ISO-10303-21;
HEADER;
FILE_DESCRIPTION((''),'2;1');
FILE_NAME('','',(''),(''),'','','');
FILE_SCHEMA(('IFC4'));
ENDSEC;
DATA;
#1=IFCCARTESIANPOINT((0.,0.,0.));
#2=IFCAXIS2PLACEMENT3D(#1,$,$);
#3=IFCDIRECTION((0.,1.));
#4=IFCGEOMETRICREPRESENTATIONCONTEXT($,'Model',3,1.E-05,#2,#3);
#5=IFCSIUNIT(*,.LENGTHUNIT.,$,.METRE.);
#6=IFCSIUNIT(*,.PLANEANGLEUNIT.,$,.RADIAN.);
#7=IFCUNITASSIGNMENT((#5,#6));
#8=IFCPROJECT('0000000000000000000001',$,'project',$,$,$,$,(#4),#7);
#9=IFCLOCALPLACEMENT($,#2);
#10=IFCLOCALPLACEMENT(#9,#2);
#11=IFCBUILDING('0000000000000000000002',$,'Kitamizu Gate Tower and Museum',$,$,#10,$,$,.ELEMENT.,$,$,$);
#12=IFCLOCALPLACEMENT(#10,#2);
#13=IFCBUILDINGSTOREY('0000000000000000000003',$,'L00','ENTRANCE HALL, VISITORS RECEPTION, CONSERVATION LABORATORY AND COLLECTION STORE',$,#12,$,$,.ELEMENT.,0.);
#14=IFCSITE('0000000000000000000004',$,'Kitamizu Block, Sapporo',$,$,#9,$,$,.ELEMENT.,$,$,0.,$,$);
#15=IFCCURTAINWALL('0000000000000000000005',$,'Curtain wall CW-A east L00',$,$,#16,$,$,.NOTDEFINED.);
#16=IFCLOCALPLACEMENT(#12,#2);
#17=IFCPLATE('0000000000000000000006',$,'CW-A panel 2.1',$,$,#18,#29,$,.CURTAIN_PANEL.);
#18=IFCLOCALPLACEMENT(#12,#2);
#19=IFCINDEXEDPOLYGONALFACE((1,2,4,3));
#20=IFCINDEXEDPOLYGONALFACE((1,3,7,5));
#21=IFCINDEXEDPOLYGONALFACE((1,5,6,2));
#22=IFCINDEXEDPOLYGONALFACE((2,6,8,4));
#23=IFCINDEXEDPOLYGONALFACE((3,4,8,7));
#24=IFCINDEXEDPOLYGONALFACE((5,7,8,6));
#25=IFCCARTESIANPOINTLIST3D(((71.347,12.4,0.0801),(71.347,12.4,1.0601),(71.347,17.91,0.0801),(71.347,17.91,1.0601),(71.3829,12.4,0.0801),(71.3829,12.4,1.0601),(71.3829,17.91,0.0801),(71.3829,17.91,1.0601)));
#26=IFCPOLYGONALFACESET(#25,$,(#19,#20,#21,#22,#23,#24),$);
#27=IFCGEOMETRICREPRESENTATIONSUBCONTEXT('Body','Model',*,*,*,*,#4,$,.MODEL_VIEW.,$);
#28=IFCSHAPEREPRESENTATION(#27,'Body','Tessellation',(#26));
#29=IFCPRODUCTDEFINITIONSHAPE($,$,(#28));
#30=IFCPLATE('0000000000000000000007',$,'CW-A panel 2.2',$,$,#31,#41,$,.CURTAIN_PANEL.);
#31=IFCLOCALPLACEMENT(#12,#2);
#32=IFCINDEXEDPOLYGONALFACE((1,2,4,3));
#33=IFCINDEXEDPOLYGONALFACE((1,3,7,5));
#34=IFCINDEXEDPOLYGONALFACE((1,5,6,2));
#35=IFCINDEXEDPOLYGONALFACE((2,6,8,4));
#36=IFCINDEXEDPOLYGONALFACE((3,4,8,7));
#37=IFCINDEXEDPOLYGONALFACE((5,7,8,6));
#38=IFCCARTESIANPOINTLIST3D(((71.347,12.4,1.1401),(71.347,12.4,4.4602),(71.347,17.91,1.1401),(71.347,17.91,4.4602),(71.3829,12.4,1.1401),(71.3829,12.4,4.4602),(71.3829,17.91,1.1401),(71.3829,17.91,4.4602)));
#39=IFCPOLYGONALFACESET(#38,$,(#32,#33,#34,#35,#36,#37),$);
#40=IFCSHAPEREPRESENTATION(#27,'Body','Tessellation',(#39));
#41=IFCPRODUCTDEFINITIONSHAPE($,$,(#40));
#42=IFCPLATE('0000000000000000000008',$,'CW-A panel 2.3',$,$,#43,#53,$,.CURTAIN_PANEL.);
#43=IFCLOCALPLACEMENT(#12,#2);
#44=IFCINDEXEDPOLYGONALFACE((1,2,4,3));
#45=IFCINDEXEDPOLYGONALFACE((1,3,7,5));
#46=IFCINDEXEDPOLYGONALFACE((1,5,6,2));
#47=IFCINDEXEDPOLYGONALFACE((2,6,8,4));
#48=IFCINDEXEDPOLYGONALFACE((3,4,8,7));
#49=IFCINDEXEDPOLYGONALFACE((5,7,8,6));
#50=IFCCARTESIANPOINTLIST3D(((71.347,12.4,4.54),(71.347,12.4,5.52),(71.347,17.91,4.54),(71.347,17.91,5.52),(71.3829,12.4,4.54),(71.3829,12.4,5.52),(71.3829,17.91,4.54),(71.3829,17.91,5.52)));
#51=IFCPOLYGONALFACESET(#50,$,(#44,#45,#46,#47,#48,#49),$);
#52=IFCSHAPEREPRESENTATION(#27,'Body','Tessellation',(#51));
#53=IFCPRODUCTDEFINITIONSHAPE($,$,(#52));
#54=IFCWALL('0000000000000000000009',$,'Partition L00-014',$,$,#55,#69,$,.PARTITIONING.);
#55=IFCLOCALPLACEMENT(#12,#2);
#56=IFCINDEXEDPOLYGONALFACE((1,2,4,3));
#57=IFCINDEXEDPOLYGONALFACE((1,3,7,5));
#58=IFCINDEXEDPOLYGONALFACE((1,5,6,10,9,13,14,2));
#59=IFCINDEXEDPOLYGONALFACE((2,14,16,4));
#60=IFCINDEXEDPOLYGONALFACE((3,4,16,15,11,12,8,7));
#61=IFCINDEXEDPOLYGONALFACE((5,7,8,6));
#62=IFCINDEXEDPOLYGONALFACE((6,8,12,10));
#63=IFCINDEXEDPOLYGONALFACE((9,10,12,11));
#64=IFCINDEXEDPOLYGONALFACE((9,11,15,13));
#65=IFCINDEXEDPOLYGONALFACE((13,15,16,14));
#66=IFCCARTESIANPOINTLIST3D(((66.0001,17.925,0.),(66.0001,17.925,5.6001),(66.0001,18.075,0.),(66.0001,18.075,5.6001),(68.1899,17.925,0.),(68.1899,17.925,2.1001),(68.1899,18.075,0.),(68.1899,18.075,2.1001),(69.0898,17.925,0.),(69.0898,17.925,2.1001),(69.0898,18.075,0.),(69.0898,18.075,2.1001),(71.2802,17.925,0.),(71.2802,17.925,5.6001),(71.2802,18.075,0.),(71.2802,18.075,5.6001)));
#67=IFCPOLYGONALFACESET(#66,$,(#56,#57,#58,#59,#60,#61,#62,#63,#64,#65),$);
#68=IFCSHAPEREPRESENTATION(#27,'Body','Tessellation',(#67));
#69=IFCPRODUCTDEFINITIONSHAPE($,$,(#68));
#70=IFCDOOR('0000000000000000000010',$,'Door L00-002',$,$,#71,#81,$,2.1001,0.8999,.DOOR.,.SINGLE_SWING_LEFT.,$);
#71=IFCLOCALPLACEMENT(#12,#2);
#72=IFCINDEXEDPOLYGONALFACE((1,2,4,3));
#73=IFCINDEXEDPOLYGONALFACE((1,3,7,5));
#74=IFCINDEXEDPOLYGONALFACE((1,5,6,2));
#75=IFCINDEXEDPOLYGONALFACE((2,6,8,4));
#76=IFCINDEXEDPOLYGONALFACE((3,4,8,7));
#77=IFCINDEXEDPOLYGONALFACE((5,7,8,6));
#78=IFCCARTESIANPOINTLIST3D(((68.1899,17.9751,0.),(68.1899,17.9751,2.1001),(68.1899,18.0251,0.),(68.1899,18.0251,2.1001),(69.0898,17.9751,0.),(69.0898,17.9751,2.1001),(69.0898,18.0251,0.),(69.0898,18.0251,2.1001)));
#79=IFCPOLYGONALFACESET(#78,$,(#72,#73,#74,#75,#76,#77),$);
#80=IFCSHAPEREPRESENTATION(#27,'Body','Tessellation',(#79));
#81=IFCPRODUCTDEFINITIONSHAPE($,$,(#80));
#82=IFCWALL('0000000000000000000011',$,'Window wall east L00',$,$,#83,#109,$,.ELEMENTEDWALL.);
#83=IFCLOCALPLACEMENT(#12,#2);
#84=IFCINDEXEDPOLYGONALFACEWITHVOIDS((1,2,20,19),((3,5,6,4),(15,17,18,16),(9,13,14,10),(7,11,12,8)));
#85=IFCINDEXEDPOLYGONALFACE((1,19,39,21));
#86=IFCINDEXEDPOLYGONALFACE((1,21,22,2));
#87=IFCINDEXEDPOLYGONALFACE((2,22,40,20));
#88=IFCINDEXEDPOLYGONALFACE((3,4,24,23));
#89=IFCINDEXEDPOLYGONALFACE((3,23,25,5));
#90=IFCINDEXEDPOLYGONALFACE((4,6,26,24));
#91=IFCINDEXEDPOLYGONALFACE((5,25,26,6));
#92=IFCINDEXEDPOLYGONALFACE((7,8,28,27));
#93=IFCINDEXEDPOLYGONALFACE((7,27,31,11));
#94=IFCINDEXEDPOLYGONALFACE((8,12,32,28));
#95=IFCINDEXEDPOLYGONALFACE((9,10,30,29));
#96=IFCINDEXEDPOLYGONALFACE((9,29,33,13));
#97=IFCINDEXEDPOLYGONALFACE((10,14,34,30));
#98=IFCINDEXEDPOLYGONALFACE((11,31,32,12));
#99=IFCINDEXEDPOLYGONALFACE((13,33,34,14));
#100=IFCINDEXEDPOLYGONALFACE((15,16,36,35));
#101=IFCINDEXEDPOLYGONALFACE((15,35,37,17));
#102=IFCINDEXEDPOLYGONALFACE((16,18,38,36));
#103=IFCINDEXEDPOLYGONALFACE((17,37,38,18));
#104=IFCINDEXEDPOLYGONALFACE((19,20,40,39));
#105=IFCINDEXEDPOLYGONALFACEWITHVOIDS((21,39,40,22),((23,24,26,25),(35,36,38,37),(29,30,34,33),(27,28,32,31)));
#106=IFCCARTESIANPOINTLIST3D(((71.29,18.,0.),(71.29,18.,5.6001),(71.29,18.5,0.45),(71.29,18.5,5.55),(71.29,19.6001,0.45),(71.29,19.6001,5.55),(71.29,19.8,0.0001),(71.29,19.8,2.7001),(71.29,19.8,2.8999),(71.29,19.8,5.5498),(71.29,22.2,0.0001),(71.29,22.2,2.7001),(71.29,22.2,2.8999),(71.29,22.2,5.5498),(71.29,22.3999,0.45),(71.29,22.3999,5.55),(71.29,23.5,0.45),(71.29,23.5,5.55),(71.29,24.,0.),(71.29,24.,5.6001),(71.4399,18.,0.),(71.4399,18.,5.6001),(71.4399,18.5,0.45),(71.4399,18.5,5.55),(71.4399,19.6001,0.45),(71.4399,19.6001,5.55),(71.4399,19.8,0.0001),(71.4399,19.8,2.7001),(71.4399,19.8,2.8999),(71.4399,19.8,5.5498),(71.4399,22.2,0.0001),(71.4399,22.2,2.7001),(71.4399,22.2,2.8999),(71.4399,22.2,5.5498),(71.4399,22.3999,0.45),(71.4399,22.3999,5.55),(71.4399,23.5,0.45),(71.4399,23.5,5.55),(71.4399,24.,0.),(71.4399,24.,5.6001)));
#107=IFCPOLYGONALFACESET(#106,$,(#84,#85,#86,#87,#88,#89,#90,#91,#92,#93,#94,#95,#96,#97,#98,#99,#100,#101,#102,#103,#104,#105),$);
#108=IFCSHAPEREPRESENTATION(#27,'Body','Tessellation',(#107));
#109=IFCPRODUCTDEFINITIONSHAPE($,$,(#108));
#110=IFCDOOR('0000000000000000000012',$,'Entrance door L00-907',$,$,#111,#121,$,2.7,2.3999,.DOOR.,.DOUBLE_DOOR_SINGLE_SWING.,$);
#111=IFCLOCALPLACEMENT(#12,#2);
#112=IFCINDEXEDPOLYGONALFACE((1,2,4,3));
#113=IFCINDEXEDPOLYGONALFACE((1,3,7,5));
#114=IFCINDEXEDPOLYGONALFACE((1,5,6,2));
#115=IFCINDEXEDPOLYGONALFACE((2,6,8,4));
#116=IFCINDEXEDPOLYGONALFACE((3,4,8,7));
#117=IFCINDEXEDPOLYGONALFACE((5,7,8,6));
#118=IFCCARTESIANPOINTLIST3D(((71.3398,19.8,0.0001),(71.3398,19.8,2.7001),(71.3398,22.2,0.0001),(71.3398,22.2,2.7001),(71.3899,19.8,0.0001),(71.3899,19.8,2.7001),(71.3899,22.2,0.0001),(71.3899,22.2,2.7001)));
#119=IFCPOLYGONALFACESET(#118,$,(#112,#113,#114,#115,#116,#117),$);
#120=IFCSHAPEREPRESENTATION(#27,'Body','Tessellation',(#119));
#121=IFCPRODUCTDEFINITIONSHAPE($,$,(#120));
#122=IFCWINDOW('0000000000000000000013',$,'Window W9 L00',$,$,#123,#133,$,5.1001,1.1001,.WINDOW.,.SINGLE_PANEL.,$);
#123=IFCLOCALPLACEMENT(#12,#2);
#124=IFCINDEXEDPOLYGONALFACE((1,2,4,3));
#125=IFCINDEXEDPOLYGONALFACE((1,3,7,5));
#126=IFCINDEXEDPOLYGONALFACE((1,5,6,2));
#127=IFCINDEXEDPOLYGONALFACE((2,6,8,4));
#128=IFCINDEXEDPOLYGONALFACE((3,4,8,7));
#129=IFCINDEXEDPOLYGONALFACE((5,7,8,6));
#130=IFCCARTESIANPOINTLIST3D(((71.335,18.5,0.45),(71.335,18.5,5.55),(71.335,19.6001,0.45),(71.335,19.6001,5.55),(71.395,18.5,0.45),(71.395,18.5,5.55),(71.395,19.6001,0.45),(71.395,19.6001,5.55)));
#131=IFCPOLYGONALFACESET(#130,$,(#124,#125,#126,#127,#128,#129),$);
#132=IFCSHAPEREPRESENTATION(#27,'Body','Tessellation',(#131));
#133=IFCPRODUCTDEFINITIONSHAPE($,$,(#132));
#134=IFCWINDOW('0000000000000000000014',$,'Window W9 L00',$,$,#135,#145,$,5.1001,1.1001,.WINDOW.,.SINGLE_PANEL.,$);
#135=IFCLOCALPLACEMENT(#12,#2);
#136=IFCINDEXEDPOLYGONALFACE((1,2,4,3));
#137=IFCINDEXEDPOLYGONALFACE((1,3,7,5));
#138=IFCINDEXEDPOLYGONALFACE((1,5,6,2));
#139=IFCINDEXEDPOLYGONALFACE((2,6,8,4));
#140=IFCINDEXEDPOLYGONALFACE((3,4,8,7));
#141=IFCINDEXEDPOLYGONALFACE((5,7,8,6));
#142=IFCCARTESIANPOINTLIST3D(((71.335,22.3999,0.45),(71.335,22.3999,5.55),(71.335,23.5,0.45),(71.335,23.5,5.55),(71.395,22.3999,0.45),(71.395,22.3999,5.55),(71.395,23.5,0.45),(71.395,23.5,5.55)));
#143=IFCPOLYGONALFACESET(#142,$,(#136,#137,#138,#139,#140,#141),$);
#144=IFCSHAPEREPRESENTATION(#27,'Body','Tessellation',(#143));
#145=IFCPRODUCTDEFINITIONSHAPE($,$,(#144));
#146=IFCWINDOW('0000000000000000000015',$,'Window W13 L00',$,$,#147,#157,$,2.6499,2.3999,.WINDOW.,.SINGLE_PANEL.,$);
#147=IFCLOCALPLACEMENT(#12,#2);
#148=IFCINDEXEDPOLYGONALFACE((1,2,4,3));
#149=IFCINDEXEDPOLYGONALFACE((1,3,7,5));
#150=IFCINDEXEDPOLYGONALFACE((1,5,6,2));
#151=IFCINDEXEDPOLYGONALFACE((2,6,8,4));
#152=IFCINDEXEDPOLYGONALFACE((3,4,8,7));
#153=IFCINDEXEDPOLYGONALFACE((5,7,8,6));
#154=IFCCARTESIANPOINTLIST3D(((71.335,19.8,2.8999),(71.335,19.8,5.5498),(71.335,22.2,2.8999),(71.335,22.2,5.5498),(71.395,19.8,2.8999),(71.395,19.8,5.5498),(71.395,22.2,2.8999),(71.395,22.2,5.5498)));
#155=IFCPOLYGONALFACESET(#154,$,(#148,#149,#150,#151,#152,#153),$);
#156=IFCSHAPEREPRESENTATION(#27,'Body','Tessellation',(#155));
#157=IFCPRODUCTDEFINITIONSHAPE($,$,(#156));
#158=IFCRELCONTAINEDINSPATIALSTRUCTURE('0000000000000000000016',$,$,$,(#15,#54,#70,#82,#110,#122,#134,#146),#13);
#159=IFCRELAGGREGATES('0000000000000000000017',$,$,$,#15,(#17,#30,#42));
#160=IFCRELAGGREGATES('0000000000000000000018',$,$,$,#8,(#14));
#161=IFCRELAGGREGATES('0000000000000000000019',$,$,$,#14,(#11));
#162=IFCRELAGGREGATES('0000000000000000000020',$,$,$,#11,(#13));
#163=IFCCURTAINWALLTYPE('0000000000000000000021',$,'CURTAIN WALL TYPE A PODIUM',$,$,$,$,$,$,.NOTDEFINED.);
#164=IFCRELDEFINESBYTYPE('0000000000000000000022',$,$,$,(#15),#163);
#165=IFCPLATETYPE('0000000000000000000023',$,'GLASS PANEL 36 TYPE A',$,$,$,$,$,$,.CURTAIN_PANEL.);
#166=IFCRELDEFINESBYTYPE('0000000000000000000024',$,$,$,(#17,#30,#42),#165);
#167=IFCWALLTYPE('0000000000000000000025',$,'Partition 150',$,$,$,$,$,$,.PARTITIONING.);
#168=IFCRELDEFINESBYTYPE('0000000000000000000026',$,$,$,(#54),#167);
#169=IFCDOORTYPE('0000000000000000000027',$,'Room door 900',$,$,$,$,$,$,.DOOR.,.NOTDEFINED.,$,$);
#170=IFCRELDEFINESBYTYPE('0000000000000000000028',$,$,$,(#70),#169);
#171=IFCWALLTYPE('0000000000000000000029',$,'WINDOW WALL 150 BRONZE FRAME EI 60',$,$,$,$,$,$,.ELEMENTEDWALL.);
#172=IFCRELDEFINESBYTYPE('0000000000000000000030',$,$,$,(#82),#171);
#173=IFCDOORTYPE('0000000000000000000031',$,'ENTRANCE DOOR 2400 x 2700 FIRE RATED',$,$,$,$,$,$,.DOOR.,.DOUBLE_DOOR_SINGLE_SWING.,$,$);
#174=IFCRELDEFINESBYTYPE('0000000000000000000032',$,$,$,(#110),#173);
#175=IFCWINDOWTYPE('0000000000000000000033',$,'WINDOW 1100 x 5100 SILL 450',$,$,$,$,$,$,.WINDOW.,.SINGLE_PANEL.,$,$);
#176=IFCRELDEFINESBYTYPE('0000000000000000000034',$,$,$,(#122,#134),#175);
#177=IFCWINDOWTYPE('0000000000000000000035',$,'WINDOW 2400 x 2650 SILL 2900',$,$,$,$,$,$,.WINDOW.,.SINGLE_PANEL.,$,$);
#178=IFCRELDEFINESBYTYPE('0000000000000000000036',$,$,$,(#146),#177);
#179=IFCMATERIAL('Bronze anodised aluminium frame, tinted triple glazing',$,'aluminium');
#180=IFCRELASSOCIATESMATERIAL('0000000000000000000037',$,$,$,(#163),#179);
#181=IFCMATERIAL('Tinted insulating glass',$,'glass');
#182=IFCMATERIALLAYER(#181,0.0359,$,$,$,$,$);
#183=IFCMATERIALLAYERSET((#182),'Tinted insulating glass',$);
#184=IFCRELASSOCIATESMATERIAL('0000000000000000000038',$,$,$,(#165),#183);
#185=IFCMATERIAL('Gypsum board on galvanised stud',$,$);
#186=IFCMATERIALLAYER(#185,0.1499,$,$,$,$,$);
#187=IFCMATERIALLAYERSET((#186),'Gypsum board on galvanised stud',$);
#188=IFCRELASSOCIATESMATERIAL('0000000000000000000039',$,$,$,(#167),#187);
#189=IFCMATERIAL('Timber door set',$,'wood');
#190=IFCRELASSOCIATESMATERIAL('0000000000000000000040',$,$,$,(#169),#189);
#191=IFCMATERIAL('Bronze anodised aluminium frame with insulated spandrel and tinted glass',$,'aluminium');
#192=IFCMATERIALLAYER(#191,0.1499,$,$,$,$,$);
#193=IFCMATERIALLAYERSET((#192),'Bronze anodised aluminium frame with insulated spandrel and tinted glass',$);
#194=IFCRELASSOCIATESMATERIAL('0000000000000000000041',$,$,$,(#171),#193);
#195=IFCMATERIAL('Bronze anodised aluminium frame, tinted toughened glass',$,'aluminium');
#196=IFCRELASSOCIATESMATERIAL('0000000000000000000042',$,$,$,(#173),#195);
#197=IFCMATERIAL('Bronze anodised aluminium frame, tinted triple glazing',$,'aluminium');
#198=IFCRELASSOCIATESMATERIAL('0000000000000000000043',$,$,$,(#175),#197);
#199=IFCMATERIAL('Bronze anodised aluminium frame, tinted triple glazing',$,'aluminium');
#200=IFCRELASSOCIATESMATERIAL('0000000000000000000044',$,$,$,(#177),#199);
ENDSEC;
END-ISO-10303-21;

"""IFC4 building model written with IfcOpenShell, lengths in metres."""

from ifc_helpers import new_model, si_unit, direction, frame, frame_2d, origin, origin_2d, place, context, subcontext, project, spatial, rectangle, extrude, material, layer, layer_set, type_object, element, fill, aggregate, save


model = new_model("IFC4")

# Units and contexts
model_context = context("Model", 3, precision=1e-05, world=origin(), true_north=direction((0.0, 1.0)))
body_context = subcontext(model_context, "Body", "Model", "MODEL_VIEW")
ifc_project = project(units=[si_unit("LENGTHUNIT", "METRE"), si_unit("PLANEANGLEUNIT", "RADIAN")], contexts=[model_context])

# Site, building, storey
site_placement = place(None, origin())
site = spatial("IfcSite", under=ifc_project, at=site_placement, Name="Kitamizu Block, Sapporo", CompositionType="ELEMENT", RefElevation=0.0)
building_placement = place(site_placement, origin())
building = spatial("IfcBuilding", under=site, at=building_placement, Name="Kitamizu Gate Tower and Museum", CompositionType="ELEMENT")
storey_placement = place(building_placement, origin())
storey = spatial("IfcBuildingStorey", under=building, at=storey_placement, Name="L00", Description="ENTRANCE HALL, VISITORS RECEPTION, CONSERVATION LABORATORY AND COLLECTION STORE", CompositionType="ELEMENT", Elevation=0.0)

# Curtain wall, plates
ifc_material_1 = material(Name="Bronze anodised aluminium frame, tinted triple glazing", Category="aluminium")
curtain_wall_type = type_object("IfcCurtainWallType", Name="CURTAIN WALL TYPE A PODIUM", PredefinedType="NOTDEFINED", material=ifc_material_1)
curtain_wall_placement = place(storey_placement, origin())
curtain_wall = element("IfcCurtainWall", 1, at=curtain_wall_placement, inside=storey, type_object=curtain_wall_type, Name="Curtain wall CW-A east L00", PredefinedType="NOTDEFINED")
ifc_material_2 = material(Name="Tinted insulating glass", Category="glass")
ifc_layer_1 = layer(ifc_material_2, 0.0359)
ifc_layer_set_1 = layer_set([ifc_layer_1], Name="Tinted insulating glass")
plate_type = type_object("IfcPlateType", Name="GLASS PANEL 36 TYPE A", PredefinedType="CURTAIN_PANEL", material=ifc_layer_set_1)
plate_1_placement = place(storey_placement, frame((71.365, 15.155, 0.0801), z_axis=(0.0, 0.0, 1.0), x_axis=(0.0, 1.0, 0.0)))
plate_1 = element("IfcPlate", 2, at=plate_1_placement, type_object=plate_type, Name="CW-A panel 2.1", PredefinedType="CURTAIN_PANEL", context=body_context, shape_type="SweptSolid", body=[
    extrude(rectangle(XDim=5.51, YDim=0.0359, at=origin_2d()), origin(), (0.0, 0.0, 1.0), 0.98),
])
plate_2_placement = place(storey_placement, frame((71.365, 15.155, 1.1401), z_axis=(0.0, 0.0, 1.0), x_axis=(0.0, 1.0, 0.0)))
plate_2 = element("IfcPlate", 3, at=plate_2_placement, type_object=plate_type, Name="CW-A panel 2.2", PredefinedType="CURTAIN_PANEL", context=body_context, shape_type="SweptSolid", body=[
    extrude(rectangle(XDim=5.51, YDim=0.0359, at=origin_2d()), origin(), (0.0, 0.0, 1.0), 3.3201),
])
plate_3_placement = place(storey_placement, frame((71.365, 15.155, 4.54), z_axis=(0.0, 0.0, 1.0), x_axis=(0.0, 1.0, 0.0)))
plate_3 = element("IfcPlate", 4, at=plate_3_placement, type_object=plate_type, Name="CW-A panel 2.3", PredefinedType="CURTAIN_PANEL", context=body_context, shape_type="SweptSolid", body=[
    extrude(rectangle(XDim=5.51, YDim=0.0359, at=origin_2d()), origin(), (0.0, 0.0, 1.0), 0.98),
])
aggregate(curtain_wall, [plate_1, plate_2, plate_3])

# Wall, opening, door
ifc_material_3 = material(Name="Gypsum board on galvanised stud")
ifc_layer_2 = layer(ifc_material_3, 0.1499)
ifc_layer_set_2 = layer_set([ifc_layer_2], Name="Gypsum board on galvanised stud")
wall_type_1 = type_object("IfcWallType", Name="Partition 150", PredefinedType="PARTITIONING", material=ifc_layer_set_2)
wall_1_placement = place(storey_placement, frame((66.0, 18.0, 0.0), z_axis=(0.0, 0.0, 1.0), x_axis=(1.0, 0.0, 0.0)))
wall_1 = element("IfcWall", 5, at=wall_1_placement, inside=storey, type_object=wall_type_1, Name="Partition L00-014", PredefinedType="PARTITIONING", context=body_context, shape_type="SweptSolid", body=[
    extrude(rectangle(XDim=5.28, YDim=0.1499, at=frame_2d((2.6401, 0.0))), origin(), (0.0, 0.0, 1.0), 5.6001),
])
opening_1_placement = place(wall_1_placement, frame((2.1899, 0.0, 0.0)))
opening_1 = element("IfcOpeningElement", 6, at=opening_1_placement, cuts=wall_1, PredefinedType="OPENING", context=body_context, shape_type="SweptSolid", body=[
    extrude(rectangle(XDim=0.8999, YDim=2.1001, at=frame_2d((0.45, 1.05))), frame((0.0, 0.085, 0.0), z_axis=(0.0, -1.0, 0.0), x_axis=(1.0, 0.0, 0.0)), (0.0, 0.0, 1.0), 0.1699),
])
ifc_material_4 = material(Name="Timber door set", Category="wood")
door_type_1 = type_object("IfcDoorType", Name="Room door 900", OperationType="NOTDEFINED", PredefinedType="DOOR", material=ifc_material_4)
door_1_placement = place(opening_1_placement, frame((0.8999, 0.0, 0.0), x_axis=(-1.0, 0.0, 0.0)))
door_1 = element("IfcDoor", 7, at=door_1_placement, inside=storey, type_object=door_type_1, Name="Door L00-002", OperationType="SINGLE_SWING_LEFT", OverallHeight=2.1001, OverallWidth=0.8999, PredefinedType="DOOR", context=body_context, shape_type="SweptSolid", body=[
    extrude(rectangle(XDim=0.8999, YDim=2.1001, at=frame_2d((0.45, 1.05))), frame((0.0, 0.0249, 0.0), z_axis=(0.0, -1.0, 0.0), x_axis=(1.0, 0.0, 0.0)), (0.0, 0.0, 1.0), 0.05),
])
fill(opening_1, door_1)

# Wall, openings, door, windows
ifc_material_5 = material(Name="Bronze anodised aluminium frame with insulated spandrel and tinted glass", Category="aluminium")
ifc_layer_3 = layer(ifc_material_5, 0.1499)
ifc_layer_set_3 = layer_set([ifc_layer_3], Name="Bronze anodised aluminium frame with insulated spandrel and tinted glass")
wall_type_2 = type_object("IfcWallType", Name="WINDOW WALL 150 BRONZE FRAME EI 60", PredefinedType="ELEMENTEDWALL", material=ifc_layer_set_3)
wall_2_placement = place(storey_placement, frame((71.365, 18.0, 0.0), z_axis=(0.0, 0.0, 1.0), x_axis=(0.0, 1.0, 0.0)))
wall_2 = element("IfcWall", 8, at=wall_2_placement, inside=storey, type_object=wall_type_2, Name="Window wall east L00", PredefinedType="ELEMENTEDWALL", context=body_context, shape_type="SweptSolid", body=[
    extrude(rectangle(XDim=6.0, YDim=0.1499, at=frame_2d((3.0, 0.0))), origin(), (0.0, 0.0, 1.0), 5.6001),
])
opening_2_placement = place(wall_2_placement, frame((0.5, 0.0, 0.45)))
opening_2 = element("IfcOpeningElement", 9, at=opening_2_placement, cuts=wall_2, PredefinedType="OPENING", context=body_context, shape_type="SweptSolid", body=[
    extrude(rectangle(XDim=1.1001, YDim=5.1001, at=frame_2d((0.55, 2.55))), frame((0.0, 0.085, 0.0), z_axis=(0.0, -1.0, 0.0), x_axis=(1.0, 0.0, 0.0)), (0.0, 0.0, 1.0), 0.1699),
])
opening_3_placement = place(wall_2_placement, frame((4.3999, 0.0, 0.45)))
opening_3 = element("IfcOpeningElement", 10, at=opening_3_placement, cuts=wall_2, PredefinedType="OPENING", context=body_context, shape_type="SweptSolid", body=[
    extrude(rectangle(XDim=1.1001, YDim=5.1001, at=frame_2d((0.55, 2.55))), frame((0.0, 0.085, 0.0), z_axis=(0.0, -1.0, 0.0), x_axis=(1.0, 0.0, 0.0)), (0.0, 0.0, 1.0), 0.1699),
])
opening_4_placement = place(wall_2_placement, frame((1.8, 0.0, 0.0)))
opening_4 = element("IfcOpeningElement", 11, at=opening_4_placement, cuts=wall_2, PredefinedType="OPENING", context=body_context, shape_type="SweptSolid", body=[
    extrude(rectangle(XDim=2.3999, YDim=2.7, at=frame_2d((1.2, 1.3501))), frame((0.0, 0.085, 0.0), z_axis=(0.0, -1.0, 0.0), x_axis=(1.0, 0.0, 0.0)), (0.0, 0.0, 1.0), 0.1699),
])
opening_5_placement = place(wall_2_placement, frame((1.8, 0.0, 2.8999)))
opening_5 = element("IfcOpeningElement", 12, at=opening_5_placement, cuts=wall_2, PredefinedType="OPENING", context=body_context, shape_type="SweptSolid", body=[
    extrude(rectangle(XDim=2.3999, YDim=2.6499, at=frame_2d((1.2, 1.325))), frame((0.0, 0.085, 0.0), z_axis=(0.0, -1.0, 0.0), x_axis=(1.0, 0.0, 0.0)), (0.0, 0.0, 1.0), 0.1699),
])
ifc_material_6 = material(Name="Bronze anodised aluminium frame, tinted toughened glass", Category="aluminium")
door_type_2 = type_object("IfcDoorType", Name="ENTRANCE DOOR 2400 x 2700 FIRE RATED", OperationType="DOUBLE_DOOR_SINGLE_SWING", PredefinedType="DOOR", material=ifc_material_6)
door_2_placement = place(opening_4_placement, frame((2.3999, 0.0, 0.0), x_axis=(-1.0, 0.0, 0.0)))
door_2 = element("IfcDoor", 13, at=door_2_placement, inside=storey, type_object=door_type_2, Name="Entrance door L00-907", OperationType="DOUBLE_DOOR_SINGLE_SWING", OverallHeight=2.7, OverallWidth=2.3999, PredefinedType="DOOR", context=body_context, shape_type="SweptSolid", body=[
    extrude(rectangle(XDim=2.3999, YDim=2.7, at=frame_2d((1.2, 1.3501))), frame((0.0, 0.0249, 0.0), z_axis=(0.0, -1.0, 0.0), x_axis=(1.0, 0.0, 0.0)), (0.0, 0.0, 1.0), 0.05),
])
fill(opening_4, door_2)
ifc_material_7 = material(Name="Bronze anodised aluminium frame, tinted triple glazing", Category="aluminium")
window_type_1 = type_object("IfcWindowType", Name="WINDOW 1100 x 5100 SILL 450", PartitioningType="SINGLE_PANEL", PredefinedType="WINDOW", material=ifc_material_7)
window_1_placement = place(opening_2_placement, origin())
window_1 = element("IfcWindow", 14, at=window_1_placement, inside=storey, type_object=window_type_1, Name="Window W9 L00", OverallHeight=5.1001, OverallWidth=1.1001, PartitioningType="SINGLE_PANEL", PredefinedType="WINDOW", context=body_context, shape_type="SweptSolid", body=[
    extrude(rectangle(XDim=1.1001, YDim=5.1001, at=frame_2d((0.55, 2.55))), frame((0.0, 0.03, 0.0), z_axis=(0.0, -1.0, 0.0), x_axis=(1.0, 0.0, 0.0)), (0.0, 0.0, 1.0), 0.0601),
])
fill(opening_2, window_1)
window_2_placement = place(opening_3_placement, origin())
window_2 = element("IfcWindow", 15, at=window_2_placement, inside=storey, type_object=window_type_1, Name="Window W9 L00", OverallHeight=5.1001, OverallWidth=1.1001, PartitioningType="SINGLE_PANEL", PredefinedType="WINDOW", context=body_context, shape_type="SweptSolid", body=[
    extrude(rectangle(XDim=1.1001, YDim=5.1001, at=frame_2d((0.55, 2.55))), frame((0.0, 0.03, 0.0), z_axis=(0.0, -1.0, 0.0), x_axis=(1.0, 0.0, 0.0)), (0.0, 0.0, 1.0), 0.0601),
])
fill(opening_3, window_2)
ifc_material_8 = material(Name="Bronze anodised aluminium frame, tinted triple glazing", Category="aluminium")
window_type_2 = type_object("IfcWindowType", Name="WINDOW 2400 x 2650 SILL 2900", PartitioningType="SINGLE_PANEL", PredefinedType="WINDOW", material=ifc_material_8)
window_3_placement = place(opening_5_placement, origin())
window_3 = element("IfcWindow", 16, at=window_3_placement, inside=storey, type_object=window_type_2, Name="Window W13 L00", OverallHeight=2.6499, OverallWidth=2.3999, PartitioningType="SINGLE_PANEL", PredefinedType="WINDOW", context=body_context, shape_type="SweptSolid", body=[
    extrude(rectangle(XDim=2.3999, YDim=2.6499, at=frame_2d((1.2, 1.325))), frame((0.0, 0.03, 0.0), z_axis=(0.0, -1.0, 0.0), x_axis=(1.0, 0.0, 0.0)), (0.0, 0.0, 1.0), 0.0601),
])
fill(opening_5, window_3)

save(model, "model.ifc")
